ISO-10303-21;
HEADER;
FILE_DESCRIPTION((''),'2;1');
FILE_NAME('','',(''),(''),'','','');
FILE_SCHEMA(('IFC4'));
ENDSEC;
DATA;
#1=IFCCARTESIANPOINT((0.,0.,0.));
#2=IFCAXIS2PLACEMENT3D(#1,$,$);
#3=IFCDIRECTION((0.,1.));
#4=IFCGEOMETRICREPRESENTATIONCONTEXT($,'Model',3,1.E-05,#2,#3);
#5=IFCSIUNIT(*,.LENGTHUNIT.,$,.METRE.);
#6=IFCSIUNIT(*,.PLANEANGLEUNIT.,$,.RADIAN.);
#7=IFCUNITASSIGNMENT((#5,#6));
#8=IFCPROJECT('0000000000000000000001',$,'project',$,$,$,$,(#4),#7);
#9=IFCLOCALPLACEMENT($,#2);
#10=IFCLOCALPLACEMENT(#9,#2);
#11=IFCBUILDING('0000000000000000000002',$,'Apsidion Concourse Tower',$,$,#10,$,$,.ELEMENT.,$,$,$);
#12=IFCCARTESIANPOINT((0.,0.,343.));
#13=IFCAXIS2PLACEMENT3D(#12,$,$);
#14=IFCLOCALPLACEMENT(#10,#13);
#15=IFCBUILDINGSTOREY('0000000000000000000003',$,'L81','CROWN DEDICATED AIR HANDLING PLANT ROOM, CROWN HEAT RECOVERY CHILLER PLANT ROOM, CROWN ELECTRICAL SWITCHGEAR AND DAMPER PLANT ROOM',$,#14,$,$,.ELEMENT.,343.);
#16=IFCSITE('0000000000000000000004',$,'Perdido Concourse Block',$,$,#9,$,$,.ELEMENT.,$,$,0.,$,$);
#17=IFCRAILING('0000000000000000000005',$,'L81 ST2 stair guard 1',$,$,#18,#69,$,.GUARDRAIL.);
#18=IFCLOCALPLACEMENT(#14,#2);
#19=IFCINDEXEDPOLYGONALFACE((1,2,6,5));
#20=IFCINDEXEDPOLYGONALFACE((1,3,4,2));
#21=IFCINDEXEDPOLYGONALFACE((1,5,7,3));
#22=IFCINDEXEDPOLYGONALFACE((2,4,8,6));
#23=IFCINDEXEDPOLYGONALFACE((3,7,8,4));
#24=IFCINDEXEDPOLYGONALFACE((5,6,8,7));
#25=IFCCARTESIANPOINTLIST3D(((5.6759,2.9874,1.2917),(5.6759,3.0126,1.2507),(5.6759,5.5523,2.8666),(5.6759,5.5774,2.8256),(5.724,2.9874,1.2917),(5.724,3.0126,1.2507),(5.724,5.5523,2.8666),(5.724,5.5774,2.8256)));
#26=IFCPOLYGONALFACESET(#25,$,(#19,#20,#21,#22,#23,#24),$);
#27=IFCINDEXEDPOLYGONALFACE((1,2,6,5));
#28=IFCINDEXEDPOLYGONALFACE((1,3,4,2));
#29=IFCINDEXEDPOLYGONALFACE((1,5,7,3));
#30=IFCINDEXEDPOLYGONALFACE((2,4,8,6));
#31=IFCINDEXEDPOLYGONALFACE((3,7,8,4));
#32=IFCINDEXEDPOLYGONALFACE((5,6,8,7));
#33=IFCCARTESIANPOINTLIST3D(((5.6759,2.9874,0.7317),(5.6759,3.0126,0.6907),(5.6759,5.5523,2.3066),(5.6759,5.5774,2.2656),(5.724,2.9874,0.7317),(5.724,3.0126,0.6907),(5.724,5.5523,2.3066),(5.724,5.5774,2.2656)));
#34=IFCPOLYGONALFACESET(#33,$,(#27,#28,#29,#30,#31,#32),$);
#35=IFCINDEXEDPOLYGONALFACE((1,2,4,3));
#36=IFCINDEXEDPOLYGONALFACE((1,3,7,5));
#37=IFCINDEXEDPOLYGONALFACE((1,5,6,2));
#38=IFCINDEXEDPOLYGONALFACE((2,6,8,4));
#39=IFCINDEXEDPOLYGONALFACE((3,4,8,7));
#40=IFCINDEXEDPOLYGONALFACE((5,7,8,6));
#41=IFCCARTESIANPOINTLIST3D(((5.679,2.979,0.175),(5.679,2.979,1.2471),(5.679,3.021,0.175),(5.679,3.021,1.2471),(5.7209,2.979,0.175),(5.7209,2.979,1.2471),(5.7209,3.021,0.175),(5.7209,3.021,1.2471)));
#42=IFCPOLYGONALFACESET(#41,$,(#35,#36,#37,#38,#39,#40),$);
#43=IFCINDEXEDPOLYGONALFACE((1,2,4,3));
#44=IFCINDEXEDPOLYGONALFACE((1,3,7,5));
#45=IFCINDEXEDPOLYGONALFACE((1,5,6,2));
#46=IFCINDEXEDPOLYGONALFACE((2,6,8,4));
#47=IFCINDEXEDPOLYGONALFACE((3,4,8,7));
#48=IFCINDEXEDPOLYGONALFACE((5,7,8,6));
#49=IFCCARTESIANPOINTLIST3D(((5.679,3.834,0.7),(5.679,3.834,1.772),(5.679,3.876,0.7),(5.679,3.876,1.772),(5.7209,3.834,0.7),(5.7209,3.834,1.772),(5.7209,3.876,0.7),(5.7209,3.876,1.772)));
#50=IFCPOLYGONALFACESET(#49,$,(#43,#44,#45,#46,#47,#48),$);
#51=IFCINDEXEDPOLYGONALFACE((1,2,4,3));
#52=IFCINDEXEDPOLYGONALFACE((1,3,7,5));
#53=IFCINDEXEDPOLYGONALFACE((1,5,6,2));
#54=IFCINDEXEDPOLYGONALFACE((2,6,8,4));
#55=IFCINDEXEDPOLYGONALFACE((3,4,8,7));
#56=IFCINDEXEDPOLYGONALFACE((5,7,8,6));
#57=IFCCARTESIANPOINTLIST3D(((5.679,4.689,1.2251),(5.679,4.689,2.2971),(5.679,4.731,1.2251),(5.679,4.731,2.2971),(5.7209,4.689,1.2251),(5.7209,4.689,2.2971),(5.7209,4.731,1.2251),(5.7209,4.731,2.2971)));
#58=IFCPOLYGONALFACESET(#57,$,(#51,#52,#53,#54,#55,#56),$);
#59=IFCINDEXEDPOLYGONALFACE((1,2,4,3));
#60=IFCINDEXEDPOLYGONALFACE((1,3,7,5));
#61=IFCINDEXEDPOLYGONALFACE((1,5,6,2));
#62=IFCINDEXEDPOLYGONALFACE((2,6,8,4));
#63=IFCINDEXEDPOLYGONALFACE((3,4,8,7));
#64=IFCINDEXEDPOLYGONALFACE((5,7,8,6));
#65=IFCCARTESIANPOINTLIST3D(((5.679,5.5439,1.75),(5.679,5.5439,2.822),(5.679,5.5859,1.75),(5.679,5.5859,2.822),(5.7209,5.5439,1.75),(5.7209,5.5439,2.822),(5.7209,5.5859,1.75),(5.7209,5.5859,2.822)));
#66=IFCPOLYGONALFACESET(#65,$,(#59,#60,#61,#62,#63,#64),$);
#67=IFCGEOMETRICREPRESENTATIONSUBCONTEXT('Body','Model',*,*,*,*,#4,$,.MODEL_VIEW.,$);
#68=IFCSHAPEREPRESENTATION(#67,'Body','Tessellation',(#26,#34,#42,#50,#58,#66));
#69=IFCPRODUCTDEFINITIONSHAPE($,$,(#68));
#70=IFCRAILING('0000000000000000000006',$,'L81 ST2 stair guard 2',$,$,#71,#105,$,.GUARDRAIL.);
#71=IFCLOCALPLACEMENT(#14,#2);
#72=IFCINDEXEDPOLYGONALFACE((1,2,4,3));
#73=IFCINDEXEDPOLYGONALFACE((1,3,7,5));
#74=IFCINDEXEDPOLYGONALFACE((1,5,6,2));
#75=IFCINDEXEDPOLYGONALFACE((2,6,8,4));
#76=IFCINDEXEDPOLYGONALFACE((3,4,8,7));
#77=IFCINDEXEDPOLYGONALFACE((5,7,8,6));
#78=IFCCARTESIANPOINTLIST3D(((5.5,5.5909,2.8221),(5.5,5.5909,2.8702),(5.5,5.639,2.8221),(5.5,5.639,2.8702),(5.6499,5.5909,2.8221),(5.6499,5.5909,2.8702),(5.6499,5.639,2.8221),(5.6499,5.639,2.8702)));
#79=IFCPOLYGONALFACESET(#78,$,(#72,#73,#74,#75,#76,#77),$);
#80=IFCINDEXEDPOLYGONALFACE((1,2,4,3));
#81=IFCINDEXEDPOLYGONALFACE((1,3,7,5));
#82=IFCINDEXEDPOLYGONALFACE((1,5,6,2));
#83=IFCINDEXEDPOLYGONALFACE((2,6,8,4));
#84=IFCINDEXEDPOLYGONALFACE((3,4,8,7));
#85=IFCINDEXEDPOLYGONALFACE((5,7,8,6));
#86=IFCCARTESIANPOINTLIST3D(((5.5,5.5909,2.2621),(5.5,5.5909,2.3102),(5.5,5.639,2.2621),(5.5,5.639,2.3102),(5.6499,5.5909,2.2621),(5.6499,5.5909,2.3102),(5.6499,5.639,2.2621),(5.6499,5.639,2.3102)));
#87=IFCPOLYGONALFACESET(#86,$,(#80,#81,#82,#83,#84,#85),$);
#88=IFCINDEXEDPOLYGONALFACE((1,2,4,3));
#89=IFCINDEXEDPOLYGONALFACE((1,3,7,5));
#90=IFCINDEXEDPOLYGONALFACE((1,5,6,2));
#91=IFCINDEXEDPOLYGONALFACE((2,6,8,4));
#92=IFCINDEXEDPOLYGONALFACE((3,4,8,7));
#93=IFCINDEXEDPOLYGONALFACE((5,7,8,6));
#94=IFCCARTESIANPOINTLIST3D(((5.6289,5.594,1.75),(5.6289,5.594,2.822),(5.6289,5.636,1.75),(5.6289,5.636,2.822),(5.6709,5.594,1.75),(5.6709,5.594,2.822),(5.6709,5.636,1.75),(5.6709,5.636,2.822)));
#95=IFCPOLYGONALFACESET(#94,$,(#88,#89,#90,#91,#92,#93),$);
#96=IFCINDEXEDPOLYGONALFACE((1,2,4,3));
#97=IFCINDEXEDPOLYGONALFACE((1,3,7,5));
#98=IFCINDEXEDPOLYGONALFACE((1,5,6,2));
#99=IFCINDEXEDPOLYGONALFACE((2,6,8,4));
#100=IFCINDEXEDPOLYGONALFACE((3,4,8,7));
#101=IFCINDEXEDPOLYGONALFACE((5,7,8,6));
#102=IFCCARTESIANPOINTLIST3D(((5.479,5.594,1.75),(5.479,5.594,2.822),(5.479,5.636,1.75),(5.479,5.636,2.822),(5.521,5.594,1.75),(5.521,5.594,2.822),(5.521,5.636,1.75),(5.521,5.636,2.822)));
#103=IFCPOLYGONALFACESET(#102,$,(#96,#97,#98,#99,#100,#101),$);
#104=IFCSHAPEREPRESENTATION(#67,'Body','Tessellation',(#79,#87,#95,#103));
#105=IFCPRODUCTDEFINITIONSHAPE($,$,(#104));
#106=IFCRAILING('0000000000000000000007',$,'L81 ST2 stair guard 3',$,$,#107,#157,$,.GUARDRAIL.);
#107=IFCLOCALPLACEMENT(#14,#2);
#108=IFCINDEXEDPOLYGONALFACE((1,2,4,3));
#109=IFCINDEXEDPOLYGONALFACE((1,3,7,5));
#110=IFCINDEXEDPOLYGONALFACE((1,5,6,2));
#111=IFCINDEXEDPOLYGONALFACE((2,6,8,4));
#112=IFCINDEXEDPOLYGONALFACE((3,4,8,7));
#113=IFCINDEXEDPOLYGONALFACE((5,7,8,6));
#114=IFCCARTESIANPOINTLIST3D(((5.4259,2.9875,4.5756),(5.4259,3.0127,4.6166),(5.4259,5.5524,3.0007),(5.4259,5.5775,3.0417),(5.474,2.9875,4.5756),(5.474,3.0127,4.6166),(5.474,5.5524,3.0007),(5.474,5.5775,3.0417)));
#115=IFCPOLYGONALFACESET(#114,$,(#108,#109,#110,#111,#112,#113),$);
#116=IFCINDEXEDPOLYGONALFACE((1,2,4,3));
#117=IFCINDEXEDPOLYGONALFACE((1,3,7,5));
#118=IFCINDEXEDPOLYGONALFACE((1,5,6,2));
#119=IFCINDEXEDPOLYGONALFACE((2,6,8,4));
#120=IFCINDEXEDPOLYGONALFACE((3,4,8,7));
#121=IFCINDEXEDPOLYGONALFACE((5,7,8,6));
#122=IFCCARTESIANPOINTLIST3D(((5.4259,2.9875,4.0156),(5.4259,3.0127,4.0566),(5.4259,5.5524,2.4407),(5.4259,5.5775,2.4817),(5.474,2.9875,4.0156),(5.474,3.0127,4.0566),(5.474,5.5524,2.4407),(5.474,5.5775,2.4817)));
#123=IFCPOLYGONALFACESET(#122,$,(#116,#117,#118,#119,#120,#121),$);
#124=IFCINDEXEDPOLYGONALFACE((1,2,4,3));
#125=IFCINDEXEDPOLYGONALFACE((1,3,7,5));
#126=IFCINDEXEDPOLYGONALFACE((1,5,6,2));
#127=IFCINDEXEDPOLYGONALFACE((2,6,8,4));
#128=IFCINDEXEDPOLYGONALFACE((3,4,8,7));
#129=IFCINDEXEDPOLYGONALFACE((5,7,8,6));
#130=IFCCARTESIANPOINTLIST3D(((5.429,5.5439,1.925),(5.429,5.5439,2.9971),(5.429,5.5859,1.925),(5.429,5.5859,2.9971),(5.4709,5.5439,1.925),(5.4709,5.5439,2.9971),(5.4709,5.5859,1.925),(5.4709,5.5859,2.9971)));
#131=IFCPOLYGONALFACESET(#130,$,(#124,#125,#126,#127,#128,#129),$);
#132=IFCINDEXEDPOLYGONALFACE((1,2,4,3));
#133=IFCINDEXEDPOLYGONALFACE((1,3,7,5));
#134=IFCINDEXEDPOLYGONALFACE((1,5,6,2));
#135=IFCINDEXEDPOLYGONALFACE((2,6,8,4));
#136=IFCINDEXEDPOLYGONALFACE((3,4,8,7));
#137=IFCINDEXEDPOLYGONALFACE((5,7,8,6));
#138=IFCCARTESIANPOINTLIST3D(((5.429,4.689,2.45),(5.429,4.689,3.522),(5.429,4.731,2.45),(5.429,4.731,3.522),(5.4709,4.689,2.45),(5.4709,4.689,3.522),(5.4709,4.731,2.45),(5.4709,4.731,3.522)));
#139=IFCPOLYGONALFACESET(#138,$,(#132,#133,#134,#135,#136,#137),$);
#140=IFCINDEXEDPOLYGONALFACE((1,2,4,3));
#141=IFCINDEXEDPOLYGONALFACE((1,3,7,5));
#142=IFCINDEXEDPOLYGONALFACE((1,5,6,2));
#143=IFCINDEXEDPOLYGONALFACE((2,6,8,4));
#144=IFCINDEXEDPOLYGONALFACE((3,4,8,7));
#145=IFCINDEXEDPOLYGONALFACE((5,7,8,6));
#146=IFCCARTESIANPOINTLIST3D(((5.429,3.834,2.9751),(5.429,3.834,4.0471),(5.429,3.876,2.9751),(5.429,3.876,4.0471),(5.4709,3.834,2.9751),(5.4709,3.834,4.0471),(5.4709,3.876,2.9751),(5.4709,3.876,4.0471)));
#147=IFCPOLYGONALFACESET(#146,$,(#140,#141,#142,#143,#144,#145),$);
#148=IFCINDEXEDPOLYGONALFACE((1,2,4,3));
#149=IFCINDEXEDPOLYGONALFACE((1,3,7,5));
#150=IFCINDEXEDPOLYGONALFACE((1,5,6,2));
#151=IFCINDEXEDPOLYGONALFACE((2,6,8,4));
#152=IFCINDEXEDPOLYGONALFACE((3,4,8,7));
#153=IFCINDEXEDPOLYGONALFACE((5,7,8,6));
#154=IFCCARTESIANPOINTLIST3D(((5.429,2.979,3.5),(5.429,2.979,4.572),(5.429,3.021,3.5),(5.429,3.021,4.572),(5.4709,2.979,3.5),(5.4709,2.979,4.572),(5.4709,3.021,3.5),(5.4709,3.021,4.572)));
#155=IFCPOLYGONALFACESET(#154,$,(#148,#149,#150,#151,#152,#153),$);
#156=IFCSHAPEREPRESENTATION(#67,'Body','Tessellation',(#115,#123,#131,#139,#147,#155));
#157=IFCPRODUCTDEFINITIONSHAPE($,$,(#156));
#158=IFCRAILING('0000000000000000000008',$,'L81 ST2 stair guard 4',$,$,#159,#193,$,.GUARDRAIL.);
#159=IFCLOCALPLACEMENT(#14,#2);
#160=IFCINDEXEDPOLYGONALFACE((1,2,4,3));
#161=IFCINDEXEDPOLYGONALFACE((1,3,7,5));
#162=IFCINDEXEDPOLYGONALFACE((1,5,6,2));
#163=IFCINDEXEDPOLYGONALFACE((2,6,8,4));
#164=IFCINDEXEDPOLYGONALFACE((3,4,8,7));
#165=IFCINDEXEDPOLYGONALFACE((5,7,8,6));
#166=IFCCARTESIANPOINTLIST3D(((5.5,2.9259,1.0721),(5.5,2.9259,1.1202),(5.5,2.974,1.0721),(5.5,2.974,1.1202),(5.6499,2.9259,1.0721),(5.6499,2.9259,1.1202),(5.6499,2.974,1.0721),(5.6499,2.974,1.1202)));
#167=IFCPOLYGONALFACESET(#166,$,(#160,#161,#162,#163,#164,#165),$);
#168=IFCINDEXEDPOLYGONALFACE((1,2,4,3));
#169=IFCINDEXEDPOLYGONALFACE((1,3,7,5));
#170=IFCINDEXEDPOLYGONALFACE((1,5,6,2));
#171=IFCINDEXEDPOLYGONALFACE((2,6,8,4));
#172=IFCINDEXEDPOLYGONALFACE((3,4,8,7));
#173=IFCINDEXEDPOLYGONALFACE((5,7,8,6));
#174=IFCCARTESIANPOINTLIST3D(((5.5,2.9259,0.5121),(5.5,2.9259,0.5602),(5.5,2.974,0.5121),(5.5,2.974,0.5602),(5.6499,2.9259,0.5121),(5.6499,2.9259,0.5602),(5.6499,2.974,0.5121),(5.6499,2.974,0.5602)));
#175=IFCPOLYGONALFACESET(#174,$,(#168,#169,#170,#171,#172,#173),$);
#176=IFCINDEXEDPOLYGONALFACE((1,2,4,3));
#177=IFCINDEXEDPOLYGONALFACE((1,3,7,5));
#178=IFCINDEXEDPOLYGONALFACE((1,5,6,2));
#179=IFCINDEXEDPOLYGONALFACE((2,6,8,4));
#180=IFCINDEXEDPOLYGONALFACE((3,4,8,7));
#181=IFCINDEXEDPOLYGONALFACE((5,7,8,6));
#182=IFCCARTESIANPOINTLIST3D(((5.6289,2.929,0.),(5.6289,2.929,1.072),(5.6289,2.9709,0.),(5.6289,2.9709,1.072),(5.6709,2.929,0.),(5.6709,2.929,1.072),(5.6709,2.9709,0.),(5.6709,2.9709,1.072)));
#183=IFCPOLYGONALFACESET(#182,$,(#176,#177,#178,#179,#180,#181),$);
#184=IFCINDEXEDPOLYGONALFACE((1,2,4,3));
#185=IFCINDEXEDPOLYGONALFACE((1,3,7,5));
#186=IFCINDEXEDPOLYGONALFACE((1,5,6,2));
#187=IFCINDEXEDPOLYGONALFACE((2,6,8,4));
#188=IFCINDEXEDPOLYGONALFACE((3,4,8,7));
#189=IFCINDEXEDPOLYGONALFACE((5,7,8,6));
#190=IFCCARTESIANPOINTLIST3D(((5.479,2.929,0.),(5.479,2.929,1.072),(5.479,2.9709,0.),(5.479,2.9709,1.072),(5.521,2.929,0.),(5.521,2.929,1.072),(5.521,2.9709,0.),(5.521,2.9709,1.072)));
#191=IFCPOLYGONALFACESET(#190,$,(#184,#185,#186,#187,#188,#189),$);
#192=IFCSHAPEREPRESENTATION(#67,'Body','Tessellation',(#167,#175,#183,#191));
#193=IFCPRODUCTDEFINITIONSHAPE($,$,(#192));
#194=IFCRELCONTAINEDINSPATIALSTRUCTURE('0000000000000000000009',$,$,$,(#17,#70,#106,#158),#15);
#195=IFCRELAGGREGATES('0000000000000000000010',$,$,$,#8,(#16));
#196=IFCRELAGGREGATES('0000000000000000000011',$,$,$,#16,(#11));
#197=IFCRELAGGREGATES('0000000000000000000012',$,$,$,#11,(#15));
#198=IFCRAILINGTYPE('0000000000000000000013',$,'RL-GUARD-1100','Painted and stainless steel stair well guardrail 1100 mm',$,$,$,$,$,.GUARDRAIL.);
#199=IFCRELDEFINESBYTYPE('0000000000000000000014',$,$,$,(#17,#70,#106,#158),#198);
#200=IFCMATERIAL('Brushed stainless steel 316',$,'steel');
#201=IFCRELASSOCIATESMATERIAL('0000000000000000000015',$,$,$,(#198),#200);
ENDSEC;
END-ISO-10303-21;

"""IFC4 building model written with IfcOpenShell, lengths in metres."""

from ifc_helpers import new_model, si_unit, direction, frame, origin, origin_2d, place, context, subcontext, project, spatial, rectangle, extrude, material, type_object, element, save


model = new_model("IFC4")

# Units and contexts
model_context = context("Model", 3, precision=1e-05, world=origin(), true_north=direction((0.0, 1.0)))
body_context = subcontext(model_context, "Body", "Model", "MODEL_VIEW")
ifc_project = project(units=[si_unit("LENGTHUNIT", "METRE"), si_unit("PLANEANGLEUNIT", "RADIAN")], contexts=[model_context])

# Site, building, storey
site_placement = place(None, origin())
site = spatial("IfcSite", under=ifc_project, at=site_placement, Name="Perdido Concourse Block", CompositionType="ELEMENT", RefElevation=0.0)
building_placement = place(site_placement, origin())
building = spatial("IfcBuilding", under=site, at=building_placement, Name="Apsidion Concourse Tower", CompositionType="ELEMENT")
storey_placement = place(building_placement, frame((0.0, 0.0, 343.0)))
storey = spatial("IfcBuildingStorey", under=building, at=storey_placement, Name="L81", Description="CROWN DEDICATED AIR HANDLING PLANT ROOM, CROWN HEAT RECOVERY CHILLER PLANT ROOM, CROWN ELECTRICAL SWITCHGEAR AND DAMPER PLANT ROOM", CompositionType="ELEMENT", Elevation=343.0)

# Shared definitions
ifc_material_1 = material(Name="Brushed stainless steel 316", Category="steel")

# Railings
railing_type_1 = type_object("IfcRailingType", Name="RL-GUARD-1100", Description="Painted and stainless steel stair well guardrail 1100 mm", PredefinedType="GUARDRAIL", material=ifc_material_1)
railing_1_placement = place(storey_placement, frame((5.7, 3.0, 0.175)))
element("IfcRailing", 1, at=railing_1_placement, inside=storey, type_object=railing_type_1, Name="L81 ST2 stair guard 1", PredefinedType="GUARDRAIL", context=body_context, shape_type="SweptSolid", body=[
    extrude(rectangle(XDim=0.0481, YDim=0.0481, at=origin_2d()), frame((0.0, 0.0, 1.0962), z_axis=(0.0, 0.852173, 0.52326), x_axis=(-1.0, 0.0, 0.0)), (0.0, 0.0, 1.0), 3.0098),
    extrude(rectangle(XDim=0.0481, YDim=0.0481, at=origin_2d()), frame((0.0, 0.0, 0.5361), z_axis=(0.0, 0.852173, 0.52326), x_axis=(-1.0, 0.0, 0.0)), (0.0, 0.0, 1.0), 3.0098),
    extrude(rectangle(XDim=0.042, YDim=0.042, at=origin_2d()), origin(), (0.0, 0.0, 1.0), 1.072),
    extrude(rectangle(XDim=0.042, YDim=0.042, at=origin_2d()), frame((0.0, 0.855, 0.5249)), (0.0, 0.0, 1.0), 1.072),
    extrude(rectangle(XDim=0.042, YDim=0.042, at=origin_2d()), frame((0.0, 1.71, 1.05)), (0.0, 0.0, 1.0), 1.072),
    extrude(rectangle(XDim=0.042, YDim=0.042, at=origin_2d()), frame((0.0, 2.5649, 1.575)), (0.0, 0.0, 1.0), 1.072),
])
railing_2_placement = place(storey_placement, frame((5.6499, 5.615, 1.75)))
element("IfcRailing", 2, at=railing_2_placement, inside=storey, type_object=railing_type_1, Name="L81 ST2 stair guard 2", PredefinedType="GUARDRAIL", context=body_context, shape_type="SweptSolid", body=[
    extrude(rectangle(XDim=0.0481, YDim=0.0481, at=origin_2d()), frame((0.0, 0.0, 1.0962), z_axis=(-1.0, 0.0, 0.0), x_axis=(0.0, -1.0, 0.0)), (0.0, 0.0, 1.0), 0.1499),
    extrude(rectangle(XDim=0.0481, YDim=0.0481, at=origin_2d()), frame((0.0, 0.0, 0.5361), z_axis=(-1.0, 0.0, 0.0), x_axis=(0.0, -1.0, 0.0)), (0.0, 0.0, 1.0), 0.1499),
    extrude(rectangle(XDim=0.042, YDim=0.042, at=origin_2d()), origin(), (0.0, 0.0, 1.0), 1.072),
    extrude(rectangle(XDim=0.042, YDim=0.042, at=origin_2d()), frame((-0.1499, 0.0, 0.0)), (0.0, 0.0, 1.0), 1.072),
])
railing_3_placement = place(storey_placement, frame((5.45, 5.5649, 1.925)))
element("IfcRailing", 3, at=railing_3_placement, inside=storey, type_object=railing_type_1, Name="L81 ST2 stair guard 3", PredefinedType="GUARDRAIL", context=body_context, shape_type="SweptSolid", body=[
    extrude(rectangle(XDim=0.0481, YDim=0.0481, at=origin_2d()), frame((0.0, 0.0, 1.0962), z_axis=(0.0, -0.852173, 0.52326), x_axis=(1.0, 0.0, 0.0)), (0.0, 0.0, 1.0), 3.0098),
    extrude(rectangle(XDim=0.0481, YDim=0.0481, at=origin_2d()), frame((0.0, 0.0, 0.5361), z_axis=(0.0, -0.852173, 0.52326), x_axis=(1.0, 0.0, 0.0)), (0.0, 0.0, 1.0), 3.0098),
    extrude(rectangle(XDim=0.042, YDim=0.042, at=origin_2d()), origin(), (0.0, 0.0, 1.0), 1.072),
    extrude(rectangle(XDim=0.042, YDim=0.042, at=origin_2d()), frame((0.0, -0.855, 0.5249)), (0.0, 0.0, 1.0), 1.072),
    extrude(rectangle(XDim=0.042, YDim=0.042, at=origin_2d()), frame((0.0, -1.71, 1.05)), (0.0, 0.0, 1.0), 1.072),
    extrude(rectangle(XDim=0.042, YDim=0.042, at=origin_2d()), frame((0.0, -2.5649, 1.575)), (0.0, 0.0, 1.0), 1.072),
])
railing_4_placement = place(storey_placement, frame((5.6499, 2.95, 0.0)))
element("IfcRailing", 4, at=railing_4_placement, inside=storey, type_object=railing_type_1, Name="L81 ST2 stair guard 4", PredefinedType="GUARDRAIL", context=body_context, shape_type="SweptSolid", body=[
    extrude(rectangle(XDim=0.0481, YDim=0.0481, at=origin_2d()), frame((0.0, 0.0, 1.0962), z_axis=(-1.0, 0.0, 0.0), x_axis=(0.0, -1.0, 0.0)), (0.0, 0.0, 1.0), 0.1499),
    extrude(rectangle(XDim=0.0481, YDim=0.0481, at=origin_2d()), frame((0.0, 0.0, 0.5361), z_axis=(-1.0, 0.0, 0.0), x_axis=(0.0, -1.0, 0.0)), (0.0, 0.0, 1.0), 0.1499),
    extrude(rectangle(XDim=0.042, YDim=0.042, at=origin_2d()), origin(), (0.0, 0.0, 1.0), 1.072),
    extrude(rectangle(XDim=0.042, YDim=0.042, at=origin_2d()), frame((-0.1499, 0.0, 0.0)), (0.0, 0.0, 1.0), 1.072),
])

save(model, "model.ifc")
